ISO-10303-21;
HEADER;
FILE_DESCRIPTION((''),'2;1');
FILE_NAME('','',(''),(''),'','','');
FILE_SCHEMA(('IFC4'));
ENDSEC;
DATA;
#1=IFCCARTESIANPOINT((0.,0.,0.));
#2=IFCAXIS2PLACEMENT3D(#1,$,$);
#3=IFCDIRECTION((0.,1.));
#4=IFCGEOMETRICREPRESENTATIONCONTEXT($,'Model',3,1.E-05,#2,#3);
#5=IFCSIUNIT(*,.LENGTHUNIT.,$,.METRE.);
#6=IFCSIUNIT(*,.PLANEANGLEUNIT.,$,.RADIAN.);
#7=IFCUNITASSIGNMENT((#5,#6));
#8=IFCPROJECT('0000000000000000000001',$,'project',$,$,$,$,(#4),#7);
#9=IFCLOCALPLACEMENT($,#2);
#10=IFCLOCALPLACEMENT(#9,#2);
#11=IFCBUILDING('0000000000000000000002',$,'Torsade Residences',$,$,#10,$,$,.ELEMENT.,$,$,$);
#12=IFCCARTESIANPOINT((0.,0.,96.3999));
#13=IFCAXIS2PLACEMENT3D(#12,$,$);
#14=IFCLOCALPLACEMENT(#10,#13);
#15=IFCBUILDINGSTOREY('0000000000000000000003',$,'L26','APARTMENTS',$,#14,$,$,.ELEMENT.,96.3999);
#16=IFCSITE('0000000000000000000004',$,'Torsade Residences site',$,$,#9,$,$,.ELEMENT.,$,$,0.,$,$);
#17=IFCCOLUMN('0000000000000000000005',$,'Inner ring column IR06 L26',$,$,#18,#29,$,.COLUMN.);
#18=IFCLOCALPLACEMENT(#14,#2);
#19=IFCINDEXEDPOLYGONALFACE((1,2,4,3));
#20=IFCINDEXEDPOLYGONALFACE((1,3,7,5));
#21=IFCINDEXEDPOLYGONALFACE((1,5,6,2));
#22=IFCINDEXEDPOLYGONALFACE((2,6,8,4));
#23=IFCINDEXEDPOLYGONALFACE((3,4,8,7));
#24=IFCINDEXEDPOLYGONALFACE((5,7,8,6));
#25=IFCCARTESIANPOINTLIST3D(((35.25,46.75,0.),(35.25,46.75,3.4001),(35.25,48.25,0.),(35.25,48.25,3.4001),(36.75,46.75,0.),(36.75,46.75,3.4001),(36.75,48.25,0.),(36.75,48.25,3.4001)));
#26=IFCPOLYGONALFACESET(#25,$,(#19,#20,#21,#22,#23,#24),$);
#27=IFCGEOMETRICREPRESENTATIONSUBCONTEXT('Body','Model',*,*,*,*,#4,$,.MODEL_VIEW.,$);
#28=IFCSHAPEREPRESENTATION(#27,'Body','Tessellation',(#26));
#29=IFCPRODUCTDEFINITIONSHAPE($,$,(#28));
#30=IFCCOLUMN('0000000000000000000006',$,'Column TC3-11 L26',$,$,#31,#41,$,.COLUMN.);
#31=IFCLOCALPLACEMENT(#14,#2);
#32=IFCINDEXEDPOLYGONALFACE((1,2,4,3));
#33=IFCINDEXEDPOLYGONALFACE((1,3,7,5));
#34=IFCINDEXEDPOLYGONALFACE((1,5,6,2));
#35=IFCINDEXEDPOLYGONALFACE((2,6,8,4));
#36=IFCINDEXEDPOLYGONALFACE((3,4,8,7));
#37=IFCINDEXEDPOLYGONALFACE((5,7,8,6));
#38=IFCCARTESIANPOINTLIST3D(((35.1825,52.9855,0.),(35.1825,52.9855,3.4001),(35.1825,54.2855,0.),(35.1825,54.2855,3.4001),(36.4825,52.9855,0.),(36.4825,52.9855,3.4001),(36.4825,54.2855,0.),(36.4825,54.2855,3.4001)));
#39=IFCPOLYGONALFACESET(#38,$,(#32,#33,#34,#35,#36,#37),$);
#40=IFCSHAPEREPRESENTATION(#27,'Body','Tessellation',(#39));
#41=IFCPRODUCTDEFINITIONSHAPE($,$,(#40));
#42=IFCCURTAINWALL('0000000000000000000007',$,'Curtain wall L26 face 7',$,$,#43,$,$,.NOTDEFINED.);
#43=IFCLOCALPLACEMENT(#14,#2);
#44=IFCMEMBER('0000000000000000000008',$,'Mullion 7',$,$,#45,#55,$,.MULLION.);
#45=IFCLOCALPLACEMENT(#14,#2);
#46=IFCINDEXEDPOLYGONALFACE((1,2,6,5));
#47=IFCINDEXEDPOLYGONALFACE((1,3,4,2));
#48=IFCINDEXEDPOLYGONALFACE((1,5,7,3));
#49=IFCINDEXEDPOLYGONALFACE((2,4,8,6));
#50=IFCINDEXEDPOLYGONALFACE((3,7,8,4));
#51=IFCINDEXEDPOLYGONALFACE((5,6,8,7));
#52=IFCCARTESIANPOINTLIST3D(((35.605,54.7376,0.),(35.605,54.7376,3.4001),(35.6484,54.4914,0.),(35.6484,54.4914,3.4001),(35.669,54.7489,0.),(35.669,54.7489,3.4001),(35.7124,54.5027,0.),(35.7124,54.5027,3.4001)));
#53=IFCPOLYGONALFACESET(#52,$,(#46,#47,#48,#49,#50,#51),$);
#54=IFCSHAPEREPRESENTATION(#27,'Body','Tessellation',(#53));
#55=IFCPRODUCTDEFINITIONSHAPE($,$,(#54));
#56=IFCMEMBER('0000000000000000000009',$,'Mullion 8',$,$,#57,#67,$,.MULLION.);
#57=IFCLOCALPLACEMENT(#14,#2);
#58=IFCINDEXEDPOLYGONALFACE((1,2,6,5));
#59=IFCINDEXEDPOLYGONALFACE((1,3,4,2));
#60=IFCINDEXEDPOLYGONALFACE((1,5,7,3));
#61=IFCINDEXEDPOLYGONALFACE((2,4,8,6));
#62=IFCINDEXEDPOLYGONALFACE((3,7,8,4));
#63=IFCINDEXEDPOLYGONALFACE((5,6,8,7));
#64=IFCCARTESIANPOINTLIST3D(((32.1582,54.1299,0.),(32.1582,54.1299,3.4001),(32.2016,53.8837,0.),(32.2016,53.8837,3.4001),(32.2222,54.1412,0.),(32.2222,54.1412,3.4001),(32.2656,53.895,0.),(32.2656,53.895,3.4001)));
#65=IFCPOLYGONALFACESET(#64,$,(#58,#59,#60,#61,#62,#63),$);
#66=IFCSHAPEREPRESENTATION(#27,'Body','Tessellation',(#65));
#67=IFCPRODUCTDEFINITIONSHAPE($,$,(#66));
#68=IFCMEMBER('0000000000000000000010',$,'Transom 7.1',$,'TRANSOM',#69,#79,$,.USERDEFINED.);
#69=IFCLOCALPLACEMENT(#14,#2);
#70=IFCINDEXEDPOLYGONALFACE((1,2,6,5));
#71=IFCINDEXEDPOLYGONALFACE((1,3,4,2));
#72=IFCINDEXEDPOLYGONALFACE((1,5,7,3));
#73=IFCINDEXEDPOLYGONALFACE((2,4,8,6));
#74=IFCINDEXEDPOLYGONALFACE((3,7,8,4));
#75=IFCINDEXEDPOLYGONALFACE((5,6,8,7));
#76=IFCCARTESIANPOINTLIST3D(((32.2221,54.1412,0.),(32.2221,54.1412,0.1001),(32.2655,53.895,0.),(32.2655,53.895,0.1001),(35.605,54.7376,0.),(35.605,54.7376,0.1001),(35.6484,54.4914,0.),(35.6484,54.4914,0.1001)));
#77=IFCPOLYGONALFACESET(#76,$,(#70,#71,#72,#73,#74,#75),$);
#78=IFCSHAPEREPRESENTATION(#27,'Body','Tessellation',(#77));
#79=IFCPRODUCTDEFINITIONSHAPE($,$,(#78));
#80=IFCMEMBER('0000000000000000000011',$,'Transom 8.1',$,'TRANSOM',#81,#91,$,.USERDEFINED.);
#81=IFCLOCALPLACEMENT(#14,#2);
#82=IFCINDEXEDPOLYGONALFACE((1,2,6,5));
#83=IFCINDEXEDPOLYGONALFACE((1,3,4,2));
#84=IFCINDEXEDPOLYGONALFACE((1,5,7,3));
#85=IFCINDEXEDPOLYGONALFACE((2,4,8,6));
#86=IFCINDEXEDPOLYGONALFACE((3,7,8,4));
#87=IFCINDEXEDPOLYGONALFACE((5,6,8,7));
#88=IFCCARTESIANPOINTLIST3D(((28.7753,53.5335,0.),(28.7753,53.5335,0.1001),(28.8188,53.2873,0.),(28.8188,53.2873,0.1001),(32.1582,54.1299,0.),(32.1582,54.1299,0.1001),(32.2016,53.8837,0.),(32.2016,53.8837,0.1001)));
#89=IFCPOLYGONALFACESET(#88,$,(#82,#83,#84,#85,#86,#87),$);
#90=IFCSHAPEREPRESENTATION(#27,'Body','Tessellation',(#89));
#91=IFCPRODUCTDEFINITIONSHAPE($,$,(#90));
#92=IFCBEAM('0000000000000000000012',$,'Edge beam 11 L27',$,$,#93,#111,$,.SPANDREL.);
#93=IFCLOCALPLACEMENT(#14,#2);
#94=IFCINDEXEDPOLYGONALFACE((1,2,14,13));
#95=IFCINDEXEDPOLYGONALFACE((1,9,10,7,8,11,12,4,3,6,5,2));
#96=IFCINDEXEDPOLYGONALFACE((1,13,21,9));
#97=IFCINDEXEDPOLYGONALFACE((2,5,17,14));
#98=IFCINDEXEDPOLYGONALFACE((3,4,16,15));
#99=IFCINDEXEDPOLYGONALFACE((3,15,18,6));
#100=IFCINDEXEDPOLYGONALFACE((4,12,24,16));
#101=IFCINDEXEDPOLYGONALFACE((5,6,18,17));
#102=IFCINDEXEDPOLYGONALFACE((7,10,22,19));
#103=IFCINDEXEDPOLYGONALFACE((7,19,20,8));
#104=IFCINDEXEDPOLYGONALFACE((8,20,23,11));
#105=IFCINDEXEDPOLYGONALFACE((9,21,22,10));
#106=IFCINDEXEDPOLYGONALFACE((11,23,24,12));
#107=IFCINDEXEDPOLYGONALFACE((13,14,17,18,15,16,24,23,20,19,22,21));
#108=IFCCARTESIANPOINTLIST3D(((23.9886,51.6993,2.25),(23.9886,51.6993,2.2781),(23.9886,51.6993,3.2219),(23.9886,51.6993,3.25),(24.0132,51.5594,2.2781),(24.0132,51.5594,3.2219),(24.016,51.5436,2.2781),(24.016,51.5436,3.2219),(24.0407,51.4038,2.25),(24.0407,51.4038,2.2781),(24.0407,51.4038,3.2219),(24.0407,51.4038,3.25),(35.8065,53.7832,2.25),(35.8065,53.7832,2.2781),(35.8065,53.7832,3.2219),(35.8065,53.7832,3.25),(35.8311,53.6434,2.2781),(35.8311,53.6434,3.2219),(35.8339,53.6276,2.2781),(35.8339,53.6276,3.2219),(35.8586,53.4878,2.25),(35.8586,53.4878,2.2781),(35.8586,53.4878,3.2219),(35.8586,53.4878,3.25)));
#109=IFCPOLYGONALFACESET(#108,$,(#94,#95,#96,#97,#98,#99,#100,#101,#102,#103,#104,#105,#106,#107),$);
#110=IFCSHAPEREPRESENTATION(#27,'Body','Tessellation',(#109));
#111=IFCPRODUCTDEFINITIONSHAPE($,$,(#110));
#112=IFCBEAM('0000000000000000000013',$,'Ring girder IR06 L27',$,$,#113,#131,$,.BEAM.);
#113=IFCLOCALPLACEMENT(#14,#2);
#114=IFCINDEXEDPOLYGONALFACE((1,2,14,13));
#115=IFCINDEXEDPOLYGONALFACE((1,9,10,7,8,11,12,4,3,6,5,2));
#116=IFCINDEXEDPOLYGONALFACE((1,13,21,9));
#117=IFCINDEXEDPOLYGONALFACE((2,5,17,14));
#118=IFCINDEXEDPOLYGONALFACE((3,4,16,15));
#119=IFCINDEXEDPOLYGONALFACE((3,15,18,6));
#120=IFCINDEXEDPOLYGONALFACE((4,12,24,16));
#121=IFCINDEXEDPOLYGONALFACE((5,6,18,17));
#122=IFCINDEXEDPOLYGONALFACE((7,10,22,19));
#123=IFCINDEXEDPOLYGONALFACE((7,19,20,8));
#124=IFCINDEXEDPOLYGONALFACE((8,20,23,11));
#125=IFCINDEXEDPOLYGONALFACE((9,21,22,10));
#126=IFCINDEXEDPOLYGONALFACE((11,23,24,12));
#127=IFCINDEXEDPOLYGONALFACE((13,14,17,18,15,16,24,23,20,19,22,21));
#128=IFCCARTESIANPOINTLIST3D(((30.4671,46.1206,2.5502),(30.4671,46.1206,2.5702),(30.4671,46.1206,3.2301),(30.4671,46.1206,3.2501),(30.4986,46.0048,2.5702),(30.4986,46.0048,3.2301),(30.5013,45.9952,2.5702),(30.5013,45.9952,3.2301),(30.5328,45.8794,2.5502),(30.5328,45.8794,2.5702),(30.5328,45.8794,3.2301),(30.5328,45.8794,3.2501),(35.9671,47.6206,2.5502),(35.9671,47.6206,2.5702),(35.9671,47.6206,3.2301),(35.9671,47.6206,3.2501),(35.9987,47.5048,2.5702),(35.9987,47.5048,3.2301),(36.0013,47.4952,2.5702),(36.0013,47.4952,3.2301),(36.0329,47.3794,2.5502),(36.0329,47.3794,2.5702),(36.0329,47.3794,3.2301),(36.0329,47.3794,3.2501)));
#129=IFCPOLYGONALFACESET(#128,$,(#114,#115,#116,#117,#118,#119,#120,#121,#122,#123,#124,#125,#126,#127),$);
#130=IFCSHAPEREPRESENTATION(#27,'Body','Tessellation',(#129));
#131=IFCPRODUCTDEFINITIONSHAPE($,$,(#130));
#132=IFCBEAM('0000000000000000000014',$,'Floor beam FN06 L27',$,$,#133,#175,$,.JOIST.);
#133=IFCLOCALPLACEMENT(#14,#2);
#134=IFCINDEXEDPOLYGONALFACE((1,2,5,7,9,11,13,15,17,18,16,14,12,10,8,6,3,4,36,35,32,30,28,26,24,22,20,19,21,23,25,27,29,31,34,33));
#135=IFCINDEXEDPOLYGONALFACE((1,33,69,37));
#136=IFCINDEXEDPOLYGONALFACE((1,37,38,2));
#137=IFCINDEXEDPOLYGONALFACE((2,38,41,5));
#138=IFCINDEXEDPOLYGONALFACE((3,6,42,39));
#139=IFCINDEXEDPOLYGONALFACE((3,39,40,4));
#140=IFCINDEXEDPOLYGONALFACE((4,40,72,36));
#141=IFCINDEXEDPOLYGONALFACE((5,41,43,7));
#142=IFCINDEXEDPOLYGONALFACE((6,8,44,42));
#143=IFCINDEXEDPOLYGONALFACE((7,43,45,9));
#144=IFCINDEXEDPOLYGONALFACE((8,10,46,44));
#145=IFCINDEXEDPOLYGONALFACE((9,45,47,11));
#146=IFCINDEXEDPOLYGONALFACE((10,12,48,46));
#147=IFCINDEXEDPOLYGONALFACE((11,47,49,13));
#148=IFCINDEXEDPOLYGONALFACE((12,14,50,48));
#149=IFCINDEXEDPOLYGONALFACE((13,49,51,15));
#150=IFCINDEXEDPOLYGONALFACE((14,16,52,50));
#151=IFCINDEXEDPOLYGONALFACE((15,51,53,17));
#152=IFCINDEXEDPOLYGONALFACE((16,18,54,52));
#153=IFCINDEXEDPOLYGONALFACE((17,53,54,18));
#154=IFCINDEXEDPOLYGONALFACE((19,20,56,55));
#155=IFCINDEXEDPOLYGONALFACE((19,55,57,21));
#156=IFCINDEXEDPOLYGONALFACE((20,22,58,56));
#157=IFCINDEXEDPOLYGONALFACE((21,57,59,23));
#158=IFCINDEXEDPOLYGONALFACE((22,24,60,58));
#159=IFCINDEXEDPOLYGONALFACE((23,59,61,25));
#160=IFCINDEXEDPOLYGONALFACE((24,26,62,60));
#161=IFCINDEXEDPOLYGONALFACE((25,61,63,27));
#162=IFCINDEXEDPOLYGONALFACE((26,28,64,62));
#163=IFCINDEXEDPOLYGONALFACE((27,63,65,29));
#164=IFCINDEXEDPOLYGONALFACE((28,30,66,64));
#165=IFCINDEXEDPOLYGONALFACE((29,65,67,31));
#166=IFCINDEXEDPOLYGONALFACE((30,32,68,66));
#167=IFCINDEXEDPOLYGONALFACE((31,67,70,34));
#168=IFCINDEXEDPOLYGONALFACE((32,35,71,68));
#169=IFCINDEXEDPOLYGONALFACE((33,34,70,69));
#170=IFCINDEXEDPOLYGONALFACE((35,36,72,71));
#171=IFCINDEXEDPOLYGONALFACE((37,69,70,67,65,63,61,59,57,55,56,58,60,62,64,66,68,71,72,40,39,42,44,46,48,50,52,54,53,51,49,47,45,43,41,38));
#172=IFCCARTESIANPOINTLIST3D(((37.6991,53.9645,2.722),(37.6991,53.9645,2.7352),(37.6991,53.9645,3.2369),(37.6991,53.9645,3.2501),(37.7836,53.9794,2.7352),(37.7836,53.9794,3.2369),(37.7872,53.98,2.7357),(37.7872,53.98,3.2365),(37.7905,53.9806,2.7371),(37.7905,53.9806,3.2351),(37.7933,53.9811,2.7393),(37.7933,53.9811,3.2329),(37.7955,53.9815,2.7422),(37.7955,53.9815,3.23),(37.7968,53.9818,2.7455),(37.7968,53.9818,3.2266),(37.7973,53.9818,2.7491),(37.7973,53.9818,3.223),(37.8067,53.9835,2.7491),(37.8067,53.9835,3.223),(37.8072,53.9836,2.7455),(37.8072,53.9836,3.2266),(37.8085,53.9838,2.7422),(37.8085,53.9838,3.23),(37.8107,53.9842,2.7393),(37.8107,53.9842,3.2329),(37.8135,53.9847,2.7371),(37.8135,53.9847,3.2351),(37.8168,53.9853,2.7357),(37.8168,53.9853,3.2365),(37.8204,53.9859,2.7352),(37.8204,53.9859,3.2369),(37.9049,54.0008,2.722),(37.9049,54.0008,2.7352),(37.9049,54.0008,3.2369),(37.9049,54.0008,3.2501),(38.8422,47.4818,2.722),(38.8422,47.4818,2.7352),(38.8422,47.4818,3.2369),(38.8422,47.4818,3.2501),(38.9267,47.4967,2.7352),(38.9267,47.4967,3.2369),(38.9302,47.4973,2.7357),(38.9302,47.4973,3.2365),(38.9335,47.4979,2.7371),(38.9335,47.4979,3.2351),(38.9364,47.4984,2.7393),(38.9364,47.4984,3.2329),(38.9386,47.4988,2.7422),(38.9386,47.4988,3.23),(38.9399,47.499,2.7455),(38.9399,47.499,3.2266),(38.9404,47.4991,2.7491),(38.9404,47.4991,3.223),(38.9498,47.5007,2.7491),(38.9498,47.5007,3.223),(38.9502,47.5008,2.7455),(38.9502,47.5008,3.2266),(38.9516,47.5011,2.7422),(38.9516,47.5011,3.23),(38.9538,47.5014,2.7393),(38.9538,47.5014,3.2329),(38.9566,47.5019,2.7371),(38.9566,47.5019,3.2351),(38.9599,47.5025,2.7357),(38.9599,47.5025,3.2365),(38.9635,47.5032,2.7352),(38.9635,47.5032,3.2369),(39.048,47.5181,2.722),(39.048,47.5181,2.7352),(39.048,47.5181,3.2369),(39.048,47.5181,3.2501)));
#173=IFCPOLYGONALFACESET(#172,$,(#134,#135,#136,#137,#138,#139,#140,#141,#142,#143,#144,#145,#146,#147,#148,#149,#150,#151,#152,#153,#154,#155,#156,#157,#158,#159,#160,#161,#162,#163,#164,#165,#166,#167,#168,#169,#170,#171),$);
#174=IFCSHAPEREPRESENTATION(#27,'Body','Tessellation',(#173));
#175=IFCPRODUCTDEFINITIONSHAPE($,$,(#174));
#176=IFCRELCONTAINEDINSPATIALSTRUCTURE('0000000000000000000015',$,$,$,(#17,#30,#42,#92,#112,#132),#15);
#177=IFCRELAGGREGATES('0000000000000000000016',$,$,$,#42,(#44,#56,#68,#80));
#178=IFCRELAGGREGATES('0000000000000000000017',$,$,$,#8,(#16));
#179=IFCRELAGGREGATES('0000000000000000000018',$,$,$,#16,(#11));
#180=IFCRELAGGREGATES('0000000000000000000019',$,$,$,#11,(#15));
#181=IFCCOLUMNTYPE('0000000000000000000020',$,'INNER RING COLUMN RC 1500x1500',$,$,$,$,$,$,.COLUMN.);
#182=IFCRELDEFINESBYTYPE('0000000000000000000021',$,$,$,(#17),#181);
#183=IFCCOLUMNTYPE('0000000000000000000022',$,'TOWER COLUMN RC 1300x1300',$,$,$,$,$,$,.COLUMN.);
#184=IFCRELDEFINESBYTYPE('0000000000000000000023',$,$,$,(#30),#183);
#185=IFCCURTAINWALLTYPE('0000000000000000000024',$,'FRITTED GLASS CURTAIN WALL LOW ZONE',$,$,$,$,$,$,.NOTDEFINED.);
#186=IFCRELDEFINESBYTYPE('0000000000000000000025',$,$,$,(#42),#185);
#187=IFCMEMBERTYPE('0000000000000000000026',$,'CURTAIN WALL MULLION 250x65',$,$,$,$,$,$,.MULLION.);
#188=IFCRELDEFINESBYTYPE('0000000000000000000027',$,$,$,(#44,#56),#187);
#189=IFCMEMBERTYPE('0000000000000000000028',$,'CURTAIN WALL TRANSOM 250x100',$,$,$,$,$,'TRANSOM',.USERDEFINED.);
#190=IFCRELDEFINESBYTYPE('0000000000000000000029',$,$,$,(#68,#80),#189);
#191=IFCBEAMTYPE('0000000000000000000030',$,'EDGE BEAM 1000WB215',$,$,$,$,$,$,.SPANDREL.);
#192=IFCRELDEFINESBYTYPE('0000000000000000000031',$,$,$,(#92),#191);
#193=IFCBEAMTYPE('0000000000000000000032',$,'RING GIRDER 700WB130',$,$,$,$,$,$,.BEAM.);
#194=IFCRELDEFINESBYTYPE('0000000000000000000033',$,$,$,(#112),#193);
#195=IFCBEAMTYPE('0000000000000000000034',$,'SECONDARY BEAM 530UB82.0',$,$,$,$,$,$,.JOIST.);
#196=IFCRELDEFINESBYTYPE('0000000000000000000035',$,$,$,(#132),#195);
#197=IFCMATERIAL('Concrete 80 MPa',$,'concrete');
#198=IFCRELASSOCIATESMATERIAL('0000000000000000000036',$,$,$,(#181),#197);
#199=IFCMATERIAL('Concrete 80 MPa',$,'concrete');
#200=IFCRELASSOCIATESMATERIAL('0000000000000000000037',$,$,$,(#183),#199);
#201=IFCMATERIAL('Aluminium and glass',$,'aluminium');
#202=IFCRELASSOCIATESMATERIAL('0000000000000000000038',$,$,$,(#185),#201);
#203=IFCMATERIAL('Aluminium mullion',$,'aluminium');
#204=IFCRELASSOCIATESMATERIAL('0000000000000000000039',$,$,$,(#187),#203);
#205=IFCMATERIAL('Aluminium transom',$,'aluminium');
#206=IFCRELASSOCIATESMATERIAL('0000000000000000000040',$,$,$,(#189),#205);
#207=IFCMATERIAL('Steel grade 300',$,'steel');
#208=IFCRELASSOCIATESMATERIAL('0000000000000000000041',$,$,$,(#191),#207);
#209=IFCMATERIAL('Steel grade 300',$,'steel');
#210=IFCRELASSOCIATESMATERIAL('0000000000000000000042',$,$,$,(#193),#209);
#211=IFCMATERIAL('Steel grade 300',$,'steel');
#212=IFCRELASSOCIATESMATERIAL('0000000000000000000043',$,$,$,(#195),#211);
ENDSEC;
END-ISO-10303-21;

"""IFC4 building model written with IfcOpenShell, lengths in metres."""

from ifc_helpers import new_model, si_unit, direction, frame, origin, origin_2d, place, context, subcontext, project, spatial, rectangle, i_section, extrude, material, material_profile, profile_set, type_object, element, aggregate, save


model = new_model("IFC4")

# Units and contexts
model_context = context("Model", 3, precision=1e-05, world=origin(), true_north=direction((0.0, 1.0)))
body_context = subcontext(model_context, "Body", "Model", "MODEL_VIEW")
ifc_project = project(units=[si_unit("LENGTHUNIT", "METRE"), si_unit("PLANEANGLEUNIT", "RADIAN")], contexts=[model_context])

# Site, building, storey
site_placement = place(None, origin())
site = spatial("IfcSite", under=ifc_project, at=site_placement, Name="Torsade Residences site", CompositionType="ELEMENT", RefElevation=0.0)
building_placement = place(site_placement, origin())
building = spatial("IfcBuilding", under=site, at=building_placement, Name="Torsade Residences", CompositionType="ELEMENT")
storey_placement = place(building_placement, frame((0.0, 0.0, 96.3999)))
storey = spatial("IfcBuildingStorey", under=building, at=storey_placement, Name="L26", Description="APARTMENTS", CompositionType="ELEMENT", Elevation=96.3999)

# Columns
ifc_material_1 = material(Name="Concrete 80 MPa", Category="concrete")
ifc_material_profile_1 = material_profile(ifc_material_1, rectangle(XDim=1.5, YDim=1.5, at=origin_2d()), Name="RC 1500x1500")
ifc_profile_set_1 = profile_set([ifc_material_profile_1], Name="Concrete 80 MPa")
column_type_1 = type_object("IfcColumnType", Name="INNER RING COLUMN RC 1500x1500", PredefinedType="COLUMN", material=ifc_profile_set_1)
column_1_placement = place(storey_placement, frame((36.0, 47.5, 0.0), z_axis=(0.0, 0.0, 1.0), x_axis=(1.0, 0.0, 0.0)))
element("IfcColumn", 1, at=column_1_placement, inside=storey, type_object=column_type_1, Name="Inner ring column IR06 L26", PredefinedType="COLUMN", context=body_context, shape_type="SweptSolid", body=[
    extrude(rectangle(XDim=1.5, YDim=1.5, at=origin_2d()), origin(), (0.0, 0.0, 1.0), 3.4001),
])
ifc_material_2 = material(Name="Concrete 80 MPa", Category="concrete")
ifc_material_profile_2 = material_profile(ifc_material_2, rectangle(XDim=1.3, YDim=1.3, at=origin_2d()), Name="RC 1300x1300")
ifc_profile_set_2 = profile_set([ifc_material_profile_2], Name="Concrete 80 MPa")
column_type_2 = type_object("IfcColumnType", Name="TOWER COLUMN RC 1300x1300", PredefinedType="COLUMN", material=ifc_profile_set_2)
column_2_placement = place(storey_placement, frame((35.8325, 53.6355, 0.0), z_axis=(0.0, 0.0, 1.0), x_axis=(1.0, 0.0, 0.0)))
element("IfcColumn", 2, at=column_2_placement, inside=storey, type_object=column_type_2, Name="Column TC3-11 L26", PredefinedType="COLUMN", context=body_context, shape_type="SweptSolid", body=[
    extrude(rectangle(XDim=1.3, YDim=1.3, at=origin_2d()), origin(), (0.0, 0.0, 1.0), 3.4001),
])

# Curtain wall, members
ifc_material_3 = material(Name="Aluminium and glass", Category="aluminium")
curtain_wall_type = type_object("IfcCurtainWallType", Name="FRITTED GLASS CURTAIN WALL LOW ZONE", PredefinedType="NOTDEFINED", material=ifc_material_3)
curtain_wall_placement = place(storey_placement, origin())
curtain_wall = element("IfcCurtainWall", 3, at=curtain_wall_placement, inside=storey, type_object=curtain_wall_type, Name="Curtain wall L26 face 7", PredefinedType="NOTDEFINED")
ifc_material_4 = material(Name="Aluminium mullion", Category="aluminium")
ifc_material_profile_3 = material_profile(ifc_material_4, rectangle(XDim=0.25, YDim=0.0649, at=origin_2d()), Name="CURTAIN WALL MULLION 250x65")
ifc_profile_set_3 = profile_set([ifc_material_profile_3], Name="Aluminium mullion")
member_type_1 = type_object("IfcMemberType", Name="CURTAIN WALL MULLION 250x65", PredefinedType="MULLION", material=ifc_profile_set_3)
member_1_placement = place(storey_placement, frame((35.6587, 54.6201, 0.0), z_axis=(0.0, 0.0, 1.0), x_axis=(0.173648, -0.984808, 0.0)))
member_1 = element("IfcMember", 4, at=member_1_placement, type_object=member_type_1, Name="Mullion 7", PredefinedType="MULLION", context=body_context, shape_type="SweptSolid", body=[
    extrude(rectangle(XDim=0.25, YDim=0.0649, at=origin_2d()), origin(), (0.0, 0.0, 1.0), 3.4001),
])
member_2_placement = place(storey_placement, frame((32.2119, 54.0125, 0.0), z_axis=(0.0, 0.0, 1.0), x_axis=(0.173648, -0.984808, 0.0)))
member_2 = element("IfcMember", 5, at=member_2_placement, type_object=member_type_1, Name="Mullion 8", PredefinedType="MULLION", context=body_context, shape_type="SweptSolid", body=[
    extrude(rectangle(XDim=0.25, YDim=0.0649, at=origin_2d()), origin(), (0.0, 0.0, 1.0), 3.4001),
])
ifc_material_5 = material(Name="Aluminium transom", Category="aluminium")
ifc_material_profile_4 = material_profile(ifc_material_5, rectangle(XDim=0.25, YDim=0.1001, at=origin_2d()), Name="CURTAIN WALL TRANSOM 250x100")
ifc_profile_set_4 = profile_set([ifc_material_profile_4], Name="Aluminium transom")
member_type_2 = type_object("IfcMemberType", Name="CURTAIN WALL TRANSOM 250x100", ElementType="TRANSOM", PredefinedType="USERDEFINED", material=ifc_profile_set_4)
member_3_placement = place(storey_placement, frame((35.6267, 54.6145, 0.05), z_axis=(-0.98481, -0.173635, 0.0), x_axis=(0.173635, -0.98481, 0.0)))
member_3 = element("IfcMember", 6, at=member_3_placement, type_object=member_type_2, Name="Transom 7.1", ObjectType="TRANSOM", PredefinedType="USERDEFINED", context=body_context, shape_type="SweptSolid", body=[
    extrude(rectangle(XDim=0.25, YDim=0.1001, at=origin_2d()), origin(), (0.0, 0.0, 1.0), 3.4351),
])
member_4_placement = place(storey_placement, frame((32.1799, 54.0068, 0.05), z_axis=(-0.98481, -0.173635, 0.0), x_axis=(0.173635, -0.98481, 0.0)))
member_4 = element("IfcMember", 7, at=member_4_placement, type_object=member_type_2, Name="Transom 8.1", ObjectType="TRANSOM", PredefinedType="USERDEFINED", context=body_context, shape_type="SweptSolid", body=[
    extrude(rectangle(XDim=0.25, YDim=0.1001, at=origin_2d()), origin(), (0.0, 0.0, 1.0), 3.4351),
])

# Beams
ifc_material_6 = material(Name="Steel grade 300", Category="steel")
ifc_material_profile_5 = material_profile(ifc_material_6, i_section(OverallWidth=0.3, OverallDepth=1.0, WebThickness=0.0161, FlangeThickness=0.0281, at=origin_2d()), Name="1000WB215")
ifc_profile_set_5 = profile_set([ifc_material_profile_5], Name="Steel grade 300")
beam_type_1 = type_object("IfcBeamType", Name="EDGE BEAM 1000WB215", PredefinedType="SPANDREL", material=ifc_profile_set_5)
beam_1_placement = place(storey_placement, frame((35.8325, 53.6355, 2.75), z_axis=(-0.984805, -0.173662, 0.0), x_axis=(0.173662, -0.984805, 0.0)))
element("IfcBeam", 8, at=beam_1_placement, inside=storey, type_object=beam_type_1, Name="Edge beam 11 L27", PredefinedType="SPANDREL", context=body_context, shape_type="SweptSolid", body=[
    extrude(i_section(OverallWidth=0.3, OverallDepth=1.0, WebThickness=0.0161, FlangeThickness=0.0281, at=origin_2d()), origin(), (0.0, 0.0, 1.0), 12.0002),
])
ifc_material_7 = material(Name="Steel grade 300", Category="steel")
ifc_material_profile_6 = material_profile(ifc_material_7, i_section(OverallWidth=0.25, OverallDepth=0.7, WebThickness=0.01, FlangeThickness=0.02, at=origin_2d()), Name="700WB130")
ifc_profile_set_6 = profile_set([ifc_material_profile_6], Name="Steel grade 300")
beam_type_2 = type_object("IfcBeamType", Name="RING GIRDER 700WB130", PredefinedType="BEAM", material=ifc_profile_set_6)
beam_2_placement = place(storey_placement, frame((36.0, 47.5, 2.9001), z_axis=(-0.964764, -0.263117, 0.0), x_axis=(0.263117, -0.964764, 0.0)))
element("IfcBeam", 9, at=beam_2_placement, inside=storey, type_object=beam_type_2, Name="Ring girder IR06 L27", PredefinedType="BEAM", context=body_context, shape_type="SweptSolid", body=[
    extrude(i_section(OverallWidth=0.25, OverallDepth=0.7, WebThickness=0.01, FlangeThickness=0.02, at=origin_2d()), origin(), (0.0, 0.0, 1.0), 5.7009),
])
ifc_material_8 = material(Name="Steel grade 300", Category="steel")
ifc_material_profile_7 = material_profile(ifc_material_8, i_section(OverallWidth=0.209, OverallDepth=0.5281, WebThickness=0.0095, FlangeThickness=0.0132, FilletRadius=0.0139, at=origin_2d()), Name="530UB82.0")
ifc_profile_set_7 = profile_set([ifc_material_profile_7], Name="Steel grade 300")
beam_type_3 = type_object("IfcBeamType", Name="SECONDARY BEAM 530UB82.0", PredefinedType="JOIST", material=ifc_profile_set_7)
beam_3_placement = place(storey_placement, frame((37.802, 53.9827, 2.9861), z_axis=(0.173648, -0.984808, 0.0), x_axis=(0.984808, 0.173648, 0.0)))
element("IfcBeam", 10, at=beam_3_placement, inside=storey, type_object=beam_type_3, Name="Floor beam FN06 L27", PredefinedType="JOIST", context=body_context, shape_type="SweptSolid", body=[
    extrude(i_section(OverallWidth=0.209, OverallDepth=0.5281, WebThickness=0.0095, FlangeThickness=0.0132, FilletRadius=0.0139, at=origin_2d()), origin(), (0.0, 0.0, 1.0), 6.5828),
])

aggregate(curtain_wall, [member_1, member_2, member_3, member_4])

save(model, "model.ifc")
